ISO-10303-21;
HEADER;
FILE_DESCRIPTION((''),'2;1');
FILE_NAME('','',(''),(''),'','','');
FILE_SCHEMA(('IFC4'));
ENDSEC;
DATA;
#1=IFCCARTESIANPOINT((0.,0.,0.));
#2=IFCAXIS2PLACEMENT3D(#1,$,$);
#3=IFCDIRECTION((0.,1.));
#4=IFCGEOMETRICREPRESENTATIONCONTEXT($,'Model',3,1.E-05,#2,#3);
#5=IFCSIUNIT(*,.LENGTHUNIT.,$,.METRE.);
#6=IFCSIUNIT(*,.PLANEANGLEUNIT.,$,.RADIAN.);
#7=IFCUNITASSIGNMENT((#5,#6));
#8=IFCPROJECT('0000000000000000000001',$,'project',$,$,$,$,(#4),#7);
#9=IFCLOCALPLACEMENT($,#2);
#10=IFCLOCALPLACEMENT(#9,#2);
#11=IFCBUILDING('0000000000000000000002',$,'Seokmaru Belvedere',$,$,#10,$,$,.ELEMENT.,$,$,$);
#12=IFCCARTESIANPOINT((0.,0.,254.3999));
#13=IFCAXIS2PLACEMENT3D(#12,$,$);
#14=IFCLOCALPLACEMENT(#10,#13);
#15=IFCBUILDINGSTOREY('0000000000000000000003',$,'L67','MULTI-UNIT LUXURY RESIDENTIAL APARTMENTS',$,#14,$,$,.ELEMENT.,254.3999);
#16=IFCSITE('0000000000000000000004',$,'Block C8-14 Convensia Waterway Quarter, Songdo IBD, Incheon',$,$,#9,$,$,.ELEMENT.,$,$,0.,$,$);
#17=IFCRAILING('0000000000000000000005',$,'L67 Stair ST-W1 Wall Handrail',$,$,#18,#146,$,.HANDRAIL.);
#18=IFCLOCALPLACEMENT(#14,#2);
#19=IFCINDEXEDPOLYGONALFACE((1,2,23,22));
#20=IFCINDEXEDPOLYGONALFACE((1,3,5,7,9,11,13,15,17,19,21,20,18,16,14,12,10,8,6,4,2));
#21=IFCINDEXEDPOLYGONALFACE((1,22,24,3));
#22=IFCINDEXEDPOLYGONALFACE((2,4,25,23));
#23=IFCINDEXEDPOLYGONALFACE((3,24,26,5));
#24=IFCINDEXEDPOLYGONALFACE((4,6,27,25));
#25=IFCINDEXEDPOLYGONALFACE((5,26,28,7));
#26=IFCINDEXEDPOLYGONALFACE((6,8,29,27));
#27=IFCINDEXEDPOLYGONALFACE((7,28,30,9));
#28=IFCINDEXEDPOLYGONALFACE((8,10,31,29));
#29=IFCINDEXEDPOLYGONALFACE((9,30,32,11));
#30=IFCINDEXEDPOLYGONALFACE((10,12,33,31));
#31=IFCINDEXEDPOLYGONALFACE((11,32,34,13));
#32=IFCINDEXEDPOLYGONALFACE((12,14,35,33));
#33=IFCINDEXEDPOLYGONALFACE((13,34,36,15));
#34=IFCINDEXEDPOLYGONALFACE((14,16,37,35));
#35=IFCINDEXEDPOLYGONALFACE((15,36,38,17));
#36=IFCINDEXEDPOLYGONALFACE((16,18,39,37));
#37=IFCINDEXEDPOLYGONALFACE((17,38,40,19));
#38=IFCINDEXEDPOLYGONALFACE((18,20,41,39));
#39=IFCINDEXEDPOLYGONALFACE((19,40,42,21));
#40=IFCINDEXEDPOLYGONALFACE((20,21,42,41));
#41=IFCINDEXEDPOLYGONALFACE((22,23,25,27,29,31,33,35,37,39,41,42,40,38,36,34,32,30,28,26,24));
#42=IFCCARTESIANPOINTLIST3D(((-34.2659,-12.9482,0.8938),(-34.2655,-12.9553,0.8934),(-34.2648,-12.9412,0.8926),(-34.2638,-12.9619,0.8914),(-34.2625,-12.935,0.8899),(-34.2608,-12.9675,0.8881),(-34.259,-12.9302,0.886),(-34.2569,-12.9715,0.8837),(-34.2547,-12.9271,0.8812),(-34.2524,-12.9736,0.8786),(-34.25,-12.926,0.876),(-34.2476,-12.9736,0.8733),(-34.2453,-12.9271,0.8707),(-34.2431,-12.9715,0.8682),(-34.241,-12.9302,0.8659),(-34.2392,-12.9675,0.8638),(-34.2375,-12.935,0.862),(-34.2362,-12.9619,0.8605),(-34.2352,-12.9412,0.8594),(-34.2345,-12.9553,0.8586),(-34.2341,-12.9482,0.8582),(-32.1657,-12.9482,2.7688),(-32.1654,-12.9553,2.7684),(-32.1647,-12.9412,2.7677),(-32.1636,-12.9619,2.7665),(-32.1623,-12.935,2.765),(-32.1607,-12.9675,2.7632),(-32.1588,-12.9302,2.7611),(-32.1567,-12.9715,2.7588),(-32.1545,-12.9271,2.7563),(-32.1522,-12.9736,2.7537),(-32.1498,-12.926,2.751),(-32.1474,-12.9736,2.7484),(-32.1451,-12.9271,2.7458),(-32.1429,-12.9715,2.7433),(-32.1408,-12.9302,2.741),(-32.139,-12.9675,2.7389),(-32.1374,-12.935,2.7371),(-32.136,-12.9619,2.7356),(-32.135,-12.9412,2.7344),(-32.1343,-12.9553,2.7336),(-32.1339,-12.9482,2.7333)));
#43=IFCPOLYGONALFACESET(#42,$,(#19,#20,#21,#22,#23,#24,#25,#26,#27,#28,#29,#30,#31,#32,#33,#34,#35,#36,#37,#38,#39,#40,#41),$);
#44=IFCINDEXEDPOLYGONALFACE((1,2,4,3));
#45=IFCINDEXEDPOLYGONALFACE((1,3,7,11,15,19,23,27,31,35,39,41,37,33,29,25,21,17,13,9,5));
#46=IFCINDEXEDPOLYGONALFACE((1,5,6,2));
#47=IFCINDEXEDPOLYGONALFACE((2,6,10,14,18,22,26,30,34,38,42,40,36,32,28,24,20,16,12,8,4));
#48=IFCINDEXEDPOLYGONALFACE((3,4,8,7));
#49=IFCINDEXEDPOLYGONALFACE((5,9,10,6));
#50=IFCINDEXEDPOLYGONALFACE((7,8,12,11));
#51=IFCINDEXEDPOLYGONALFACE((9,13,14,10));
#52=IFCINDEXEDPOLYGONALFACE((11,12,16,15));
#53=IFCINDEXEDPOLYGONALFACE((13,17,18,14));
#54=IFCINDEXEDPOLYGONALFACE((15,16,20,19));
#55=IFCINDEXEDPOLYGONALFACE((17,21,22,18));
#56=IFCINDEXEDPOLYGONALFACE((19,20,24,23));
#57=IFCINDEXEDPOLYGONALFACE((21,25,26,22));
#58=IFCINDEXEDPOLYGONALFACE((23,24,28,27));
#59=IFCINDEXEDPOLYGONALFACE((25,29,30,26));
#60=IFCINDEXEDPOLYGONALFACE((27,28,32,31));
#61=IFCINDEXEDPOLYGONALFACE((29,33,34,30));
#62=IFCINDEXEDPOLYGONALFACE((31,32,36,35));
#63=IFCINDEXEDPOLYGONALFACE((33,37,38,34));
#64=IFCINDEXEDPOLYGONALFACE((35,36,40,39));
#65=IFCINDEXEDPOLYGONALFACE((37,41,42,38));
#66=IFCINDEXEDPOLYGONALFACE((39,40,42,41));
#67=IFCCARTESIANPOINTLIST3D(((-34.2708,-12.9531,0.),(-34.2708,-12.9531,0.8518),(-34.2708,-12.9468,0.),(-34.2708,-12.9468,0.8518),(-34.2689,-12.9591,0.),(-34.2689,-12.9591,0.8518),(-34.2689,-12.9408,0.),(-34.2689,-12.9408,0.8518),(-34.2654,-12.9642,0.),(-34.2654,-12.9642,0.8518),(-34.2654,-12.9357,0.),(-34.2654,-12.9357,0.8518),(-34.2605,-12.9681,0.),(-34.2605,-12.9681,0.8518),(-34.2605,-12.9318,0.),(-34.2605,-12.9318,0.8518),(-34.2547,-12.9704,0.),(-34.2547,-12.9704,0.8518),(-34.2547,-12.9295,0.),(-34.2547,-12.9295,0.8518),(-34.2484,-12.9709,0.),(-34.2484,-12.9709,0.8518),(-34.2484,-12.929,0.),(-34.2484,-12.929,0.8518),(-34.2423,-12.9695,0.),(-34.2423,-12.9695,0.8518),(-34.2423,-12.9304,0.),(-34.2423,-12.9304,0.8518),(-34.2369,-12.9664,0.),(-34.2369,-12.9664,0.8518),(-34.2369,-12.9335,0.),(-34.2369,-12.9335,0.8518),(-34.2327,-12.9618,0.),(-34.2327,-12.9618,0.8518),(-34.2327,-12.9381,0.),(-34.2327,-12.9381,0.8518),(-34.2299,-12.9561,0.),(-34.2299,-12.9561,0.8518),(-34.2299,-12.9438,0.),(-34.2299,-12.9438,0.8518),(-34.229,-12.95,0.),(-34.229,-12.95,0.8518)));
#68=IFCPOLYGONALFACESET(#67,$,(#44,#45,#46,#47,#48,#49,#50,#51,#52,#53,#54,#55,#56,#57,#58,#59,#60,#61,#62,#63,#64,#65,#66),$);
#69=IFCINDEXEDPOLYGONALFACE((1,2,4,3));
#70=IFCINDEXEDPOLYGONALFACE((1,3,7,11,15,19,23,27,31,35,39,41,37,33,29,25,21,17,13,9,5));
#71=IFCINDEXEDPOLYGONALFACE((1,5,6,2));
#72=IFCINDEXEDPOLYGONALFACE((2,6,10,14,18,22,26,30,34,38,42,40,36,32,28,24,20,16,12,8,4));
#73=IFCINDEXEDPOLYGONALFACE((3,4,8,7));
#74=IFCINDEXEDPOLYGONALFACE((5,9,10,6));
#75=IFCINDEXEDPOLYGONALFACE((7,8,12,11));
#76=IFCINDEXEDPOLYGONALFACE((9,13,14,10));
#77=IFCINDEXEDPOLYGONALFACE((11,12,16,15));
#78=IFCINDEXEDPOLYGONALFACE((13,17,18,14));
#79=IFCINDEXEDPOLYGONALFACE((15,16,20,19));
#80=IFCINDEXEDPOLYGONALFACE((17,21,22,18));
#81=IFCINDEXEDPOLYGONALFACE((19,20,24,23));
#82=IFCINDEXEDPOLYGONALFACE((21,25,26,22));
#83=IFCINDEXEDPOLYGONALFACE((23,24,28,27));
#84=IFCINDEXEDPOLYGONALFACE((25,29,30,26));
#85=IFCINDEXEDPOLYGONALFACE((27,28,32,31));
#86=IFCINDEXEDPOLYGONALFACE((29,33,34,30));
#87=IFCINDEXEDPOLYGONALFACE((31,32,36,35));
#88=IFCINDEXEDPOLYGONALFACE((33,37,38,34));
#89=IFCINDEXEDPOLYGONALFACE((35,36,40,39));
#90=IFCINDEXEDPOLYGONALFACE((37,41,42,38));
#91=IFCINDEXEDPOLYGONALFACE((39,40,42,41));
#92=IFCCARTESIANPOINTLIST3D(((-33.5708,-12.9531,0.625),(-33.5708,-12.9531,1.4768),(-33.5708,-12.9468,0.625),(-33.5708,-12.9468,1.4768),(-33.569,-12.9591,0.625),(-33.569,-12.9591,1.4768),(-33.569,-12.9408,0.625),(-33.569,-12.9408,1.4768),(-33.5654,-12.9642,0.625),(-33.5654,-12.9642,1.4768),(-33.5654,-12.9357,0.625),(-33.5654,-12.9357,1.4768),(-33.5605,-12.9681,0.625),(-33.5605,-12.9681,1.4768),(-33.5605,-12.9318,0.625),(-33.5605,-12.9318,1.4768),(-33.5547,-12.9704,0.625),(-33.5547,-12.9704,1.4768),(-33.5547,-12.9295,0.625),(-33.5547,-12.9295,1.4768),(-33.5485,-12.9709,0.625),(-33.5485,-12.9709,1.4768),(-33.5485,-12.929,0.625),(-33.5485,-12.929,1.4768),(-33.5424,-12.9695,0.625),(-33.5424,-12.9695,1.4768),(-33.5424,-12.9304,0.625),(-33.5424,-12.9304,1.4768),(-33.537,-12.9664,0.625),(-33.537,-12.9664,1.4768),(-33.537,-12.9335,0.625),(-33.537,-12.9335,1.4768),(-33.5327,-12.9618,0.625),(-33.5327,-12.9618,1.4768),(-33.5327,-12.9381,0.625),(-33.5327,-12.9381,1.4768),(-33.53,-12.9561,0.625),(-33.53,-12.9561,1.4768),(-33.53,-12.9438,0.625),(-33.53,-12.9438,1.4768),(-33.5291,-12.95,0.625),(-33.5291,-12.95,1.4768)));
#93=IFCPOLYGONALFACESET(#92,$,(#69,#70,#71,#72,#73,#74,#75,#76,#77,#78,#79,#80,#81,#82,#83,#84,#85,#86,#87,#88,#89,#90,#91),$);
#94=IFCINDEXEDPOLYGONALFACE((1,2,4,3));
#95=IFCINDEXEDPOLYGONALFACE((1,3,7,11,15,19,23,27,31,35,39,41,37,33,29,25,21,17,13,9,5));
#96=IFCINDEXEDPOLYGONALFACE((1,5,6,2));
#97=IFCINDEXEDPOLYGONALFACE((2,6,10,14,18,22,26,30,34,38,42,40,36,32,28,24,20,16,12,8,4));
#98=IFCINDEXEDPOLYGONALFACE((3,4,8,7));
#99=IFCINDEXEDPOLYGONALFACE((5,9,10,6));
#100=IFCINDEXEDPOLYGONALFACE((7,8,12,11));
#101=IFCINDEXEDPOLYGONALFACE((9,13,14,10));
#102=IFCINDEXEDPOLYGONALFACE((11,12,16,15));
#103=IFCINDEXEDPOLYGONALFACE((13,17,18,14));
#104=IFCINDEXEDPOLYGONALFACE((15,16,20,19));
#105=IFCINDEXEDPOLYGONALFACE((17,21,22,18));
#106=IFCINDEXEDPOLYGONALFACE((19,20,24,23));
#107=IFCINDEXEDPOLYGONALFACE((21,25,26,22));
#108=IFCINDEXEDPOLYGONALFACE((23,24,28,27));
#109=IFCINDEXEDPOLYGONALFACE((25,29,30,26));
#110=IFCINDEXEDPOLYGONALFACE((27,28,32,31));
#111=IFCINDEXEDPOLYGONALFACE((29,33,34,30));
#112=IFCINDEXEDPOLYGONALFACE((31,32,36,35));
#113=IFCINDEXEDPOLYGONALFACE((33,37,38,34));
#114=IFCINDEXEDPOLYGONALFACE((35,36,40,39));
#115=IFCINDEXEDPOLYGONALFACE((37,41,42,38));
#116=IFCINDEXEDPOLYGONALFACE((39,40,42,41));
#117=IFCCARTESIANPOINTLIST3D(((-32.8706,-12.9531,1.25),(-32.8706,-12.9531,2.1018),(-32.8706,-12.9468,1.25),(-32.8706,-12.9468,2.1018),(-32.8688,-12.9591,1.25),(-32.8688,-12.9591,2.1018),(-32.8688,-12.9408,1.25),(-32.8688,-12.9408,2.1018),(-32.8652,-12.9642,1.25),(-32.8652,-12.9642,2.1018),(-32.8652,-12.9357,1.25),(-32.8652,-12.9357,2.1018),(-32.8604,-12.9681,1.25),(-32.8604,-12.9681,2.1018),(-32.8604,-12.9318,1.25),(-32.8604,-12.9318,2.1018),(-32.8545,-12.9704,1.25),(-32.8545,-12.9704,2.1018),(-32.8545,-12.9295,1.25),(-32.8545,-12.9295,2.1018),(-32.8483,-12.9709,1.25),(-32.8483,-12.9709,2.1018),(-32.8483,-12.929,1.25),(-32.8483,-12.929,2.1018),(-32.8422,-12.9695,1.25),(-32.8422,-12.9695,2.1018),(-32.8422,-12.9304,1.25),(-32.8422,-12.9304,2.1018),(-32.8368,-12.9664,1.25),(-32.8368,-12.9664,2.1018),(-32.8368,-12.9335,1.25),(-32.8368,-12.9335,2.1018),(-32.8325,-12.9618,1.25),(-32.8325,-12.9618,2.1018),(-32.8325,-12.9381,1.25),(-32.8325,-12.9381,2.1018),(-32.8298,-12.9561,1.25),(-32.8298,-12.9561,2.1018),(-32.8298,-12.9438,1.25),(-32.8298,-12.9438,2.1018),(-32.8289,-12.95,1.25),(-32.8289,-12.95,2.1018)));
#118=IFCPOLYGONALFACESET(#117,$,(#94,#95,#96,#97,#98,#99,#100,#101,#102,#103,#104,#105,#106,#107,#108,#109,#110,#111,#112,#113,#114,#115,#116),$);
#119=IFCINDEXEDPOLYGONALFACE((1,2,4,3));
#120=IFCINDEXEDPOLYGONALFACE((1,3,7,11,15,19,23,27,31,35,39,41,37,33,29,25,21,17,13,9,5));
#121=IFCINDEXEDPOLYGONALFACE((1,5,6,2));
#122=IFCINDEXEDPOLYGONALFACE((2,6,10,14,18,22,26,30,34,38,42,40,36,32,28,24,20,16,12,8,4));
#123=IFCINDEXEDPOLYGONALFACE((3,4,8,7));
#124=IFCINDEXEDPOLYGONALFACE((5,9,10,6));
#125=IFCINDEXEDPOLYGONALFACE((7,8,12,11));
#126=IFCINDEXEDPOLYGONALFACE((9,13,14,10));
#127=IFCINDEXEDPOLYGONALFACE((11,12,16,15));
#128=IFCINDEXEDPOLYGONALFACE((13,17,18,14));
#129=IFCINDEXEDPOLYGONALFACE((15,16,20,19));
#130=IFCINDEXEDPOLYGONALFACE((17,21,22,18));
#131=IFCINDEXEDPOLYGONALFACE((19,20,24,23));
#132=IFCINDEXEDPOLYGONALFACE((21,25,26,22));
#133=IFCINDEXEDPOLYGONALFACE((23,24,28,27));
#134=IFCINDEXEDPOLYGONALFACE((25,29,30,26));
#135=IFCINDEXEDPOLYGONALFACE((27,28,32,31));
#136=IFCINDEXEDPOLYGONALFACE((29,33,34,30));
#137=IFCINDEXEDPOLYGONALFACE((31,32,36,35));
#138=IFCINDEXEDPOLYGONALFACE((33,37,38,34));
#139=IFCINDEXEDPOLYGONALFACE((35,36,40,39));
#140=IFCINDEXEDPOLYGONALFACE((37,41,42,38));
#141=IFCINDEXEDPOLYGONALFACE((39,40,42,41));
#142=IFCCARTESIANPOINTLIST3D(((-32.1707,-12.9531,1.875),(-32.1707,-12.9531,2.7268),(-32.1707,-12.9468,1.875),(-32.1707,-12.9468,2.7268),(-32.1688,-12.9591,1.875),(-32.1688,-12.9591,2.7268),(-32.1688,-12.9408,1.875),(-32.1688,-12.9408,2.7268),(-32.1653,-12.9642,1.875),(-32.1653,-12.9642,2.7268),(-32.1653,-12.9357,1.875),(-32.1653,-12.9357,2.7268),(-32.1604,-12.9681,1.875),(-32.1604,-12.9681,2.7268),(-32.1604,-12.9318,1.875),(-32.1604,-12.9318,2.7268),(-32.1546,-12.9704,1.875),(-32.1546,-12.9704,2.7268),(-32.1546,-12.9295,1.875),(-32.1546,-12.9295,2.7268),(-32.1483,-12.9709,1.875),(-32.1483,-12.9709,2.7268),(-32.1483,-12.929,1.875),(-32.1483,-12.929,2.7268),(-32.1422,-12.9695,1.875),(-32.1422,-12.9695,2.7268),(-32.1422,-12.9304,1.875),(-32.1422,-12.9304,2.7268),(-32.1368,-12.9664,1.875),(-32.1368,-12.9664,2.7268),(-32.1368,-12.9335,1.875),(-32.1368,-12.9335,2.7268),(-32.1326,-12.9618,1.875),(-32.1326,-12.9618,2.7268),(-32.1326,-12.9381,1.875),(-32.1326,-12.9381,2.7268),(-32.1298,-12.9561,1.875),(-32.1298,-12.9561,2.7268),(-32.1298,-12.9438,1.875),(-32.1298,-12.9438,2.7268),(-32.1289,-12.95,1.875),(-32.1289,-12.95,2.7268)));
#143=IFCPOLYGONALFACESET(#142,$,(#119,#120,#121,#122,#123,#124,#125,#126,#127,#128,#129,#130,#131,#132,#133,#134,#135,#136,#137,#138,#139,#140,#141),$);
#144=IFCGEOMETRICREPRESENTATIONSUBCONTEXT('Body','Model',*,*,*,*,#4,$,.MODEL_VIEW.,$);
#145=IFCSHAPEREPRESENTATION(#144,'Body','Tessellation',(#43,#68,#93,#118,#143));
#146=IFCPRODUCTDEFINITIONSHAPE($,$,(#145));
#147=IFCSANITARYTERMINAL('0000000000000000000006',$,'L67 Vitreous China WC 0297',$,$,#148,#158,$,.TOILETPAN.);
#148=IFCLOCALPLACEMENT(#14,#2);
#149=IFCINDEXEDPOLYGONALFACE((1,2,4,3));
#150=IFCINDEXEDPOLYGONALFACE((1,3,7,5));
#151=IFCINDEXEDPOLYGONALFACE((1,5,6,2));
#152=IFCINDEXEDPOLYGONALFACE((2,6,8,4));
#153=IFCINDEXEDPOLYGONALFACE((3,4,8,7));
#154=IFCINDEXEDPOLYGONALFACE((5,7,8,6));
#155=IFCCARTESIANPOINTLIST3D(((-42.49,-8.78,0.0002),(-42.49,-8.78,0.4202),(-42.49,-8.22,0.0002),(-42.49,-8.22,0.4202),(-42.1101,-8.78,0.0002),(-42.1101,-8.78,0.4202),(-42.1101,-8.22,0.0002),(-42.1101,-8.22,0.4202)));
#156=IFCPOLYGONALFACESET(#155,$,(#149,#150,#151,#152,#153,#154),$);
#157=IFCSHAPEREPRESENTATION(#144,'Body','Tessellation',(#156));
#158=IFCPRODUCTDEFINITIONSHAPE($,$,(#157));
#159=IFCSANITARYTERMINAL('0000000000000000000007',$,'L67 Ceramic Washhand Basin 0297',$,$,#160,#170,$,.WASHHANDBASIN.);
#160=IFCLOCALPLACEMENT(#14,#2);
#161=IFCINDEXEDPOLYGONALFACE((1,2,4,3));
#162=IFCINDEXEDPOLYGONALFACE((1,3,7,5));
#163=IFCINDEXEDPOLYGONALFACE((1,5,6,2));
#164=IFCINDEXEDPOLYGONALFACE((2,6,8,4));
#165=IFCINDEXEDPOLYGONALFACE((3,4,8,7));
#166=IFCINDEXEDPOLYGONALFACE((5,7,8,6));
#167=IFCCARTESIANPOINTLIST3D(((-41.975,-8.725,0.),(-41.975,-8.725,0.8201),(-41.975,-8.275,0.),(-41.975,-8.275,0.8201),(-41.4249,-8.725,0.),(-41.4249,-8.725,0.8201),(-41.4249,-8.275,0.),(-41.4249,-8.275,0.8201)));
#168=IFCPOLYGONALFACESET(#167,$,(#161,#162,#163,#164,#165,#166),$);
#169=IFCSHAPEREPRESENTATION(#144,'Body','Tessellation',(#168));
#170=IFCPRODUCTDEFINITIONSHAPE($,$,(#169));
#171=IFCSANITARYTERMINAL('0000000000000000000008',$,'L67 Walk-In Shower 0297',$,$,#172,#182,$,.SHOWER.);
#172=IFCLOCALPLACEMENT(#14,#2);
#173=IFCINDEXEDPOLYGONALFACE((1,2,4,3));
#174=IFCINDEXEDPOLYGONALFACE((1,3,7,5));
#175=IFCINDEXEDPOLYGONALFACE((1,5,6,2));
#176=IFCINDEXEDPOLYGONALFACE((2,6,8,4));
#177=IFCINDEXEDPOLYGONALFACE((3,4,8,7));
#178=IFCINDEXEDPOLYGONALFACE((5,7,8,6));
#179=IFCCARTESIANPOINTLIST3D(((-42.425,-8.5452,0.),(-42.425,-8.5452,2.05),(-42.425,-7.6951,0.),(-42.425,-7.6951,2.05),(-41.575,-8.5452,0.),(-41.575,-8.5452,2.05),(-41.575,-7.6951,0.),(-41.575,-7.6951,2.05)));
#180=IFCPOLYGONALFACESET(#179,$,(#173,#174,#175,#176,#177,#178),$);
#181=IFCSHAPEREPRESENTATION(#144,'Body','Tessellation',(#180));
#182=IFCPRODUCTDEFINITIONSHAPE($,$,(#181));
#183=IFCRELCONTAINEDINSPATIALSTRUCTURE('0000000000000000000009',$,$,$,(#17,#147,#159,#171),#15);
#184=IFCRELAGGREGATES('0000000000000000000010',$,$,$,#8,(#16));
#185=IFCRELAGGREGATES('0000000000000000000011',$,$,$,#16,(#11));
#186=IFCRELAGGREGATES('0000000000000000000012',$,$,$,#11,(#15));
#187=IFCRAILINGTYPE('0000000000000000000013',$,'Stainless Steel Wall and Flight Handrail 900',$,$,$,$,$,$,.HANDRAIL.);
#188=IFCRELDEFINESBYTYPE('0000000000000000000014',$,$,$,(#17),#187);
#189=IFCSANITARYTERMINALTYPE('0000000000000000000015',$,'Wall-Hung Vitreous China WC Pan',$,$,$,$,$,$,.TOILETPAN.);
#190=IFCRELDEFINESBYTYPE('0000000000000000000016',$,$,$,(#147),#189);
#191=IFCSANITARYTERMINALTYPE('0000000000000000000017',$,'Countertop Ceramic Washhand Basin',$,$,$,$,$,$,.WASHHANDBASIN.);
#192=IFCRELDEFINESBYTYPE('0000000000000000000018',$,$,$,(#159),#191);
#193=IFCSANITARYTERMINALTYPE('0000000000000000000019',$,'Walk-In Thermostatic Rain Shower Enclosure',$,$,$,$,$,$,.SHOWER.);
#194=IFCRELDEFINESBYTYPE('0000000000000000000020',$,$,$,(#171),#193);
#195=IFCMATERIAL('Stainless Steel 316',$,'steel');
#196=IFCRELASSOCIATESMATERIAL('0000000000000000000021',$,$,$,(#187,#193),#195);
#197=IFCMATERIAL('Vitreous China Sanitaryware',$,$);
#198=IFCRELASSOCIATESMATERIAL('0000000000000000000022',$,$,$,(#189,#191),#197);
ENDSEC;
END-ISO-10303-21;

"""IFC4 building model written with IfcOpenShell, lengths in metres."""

from ifc_helpers import new_model, si_unit, direction, frame, origin, origin_2d, place, context, subcontext, project, spatial, rectangle, circle, extrude, source, transform, mapped, material, type_object, type_shapes, element, save


model = new_model("IFC4")

# Units and contexts
model_context = context("Model", 3, precision=1e-05, world=origin(), true_north=direction((0.0, 1.0)))
body_context = subcontext(model_context, "Body", "Model", "MODEL_VIEW")
ifc_project = project(units=[si_unit("LENGTHUNIT", "METRE"), si_unit("PLANEANGLEUNIT", "RADIAN")], contexts=[model_context])

# Site, building, storey
site_placement = place(None, origin())
site = spatial("IfcSite", under=ifc_project, at=site_placement, Name="Block C8-14 Convensia Waterway Quarter, Songdo IBD, Incheon", CompositionType="ELEMENT", RefElevation=0.0)
building_placement = place(site_placement, origin())
building = spatial("IfcBuilding", under=site, at=building_placement, Name="Seokmaru Belvedere", CompositionType="ELEMENT")
storey_placement = place(building_placement, frame((0.0, 0.0, 254.3999)))
storey = spatial("IfcBuildingStorey", under=building, at=storey_placement, Name="L67", Description="MULTI-UNIT LUXURY RESIDENTIAL APARTMENTS", CompositionType="ELEMENT", Elevation=254.3999)

# Railing
ifc_material_1 = material(Name="Stainless Steel 316", Category="steel")
railing_type_1 = type_object("IfcRailingType", Name="Stainless Steel Wall and Flight Handrail 900", PredefinedType="HANDRAIL", material=ifc_material_1)
railing_1_placement = place(storey_placement, frame((-34.25, -12.95, 0.0)))
element("IfcRailing", 1, at=railing_1_placement, inside=storey, type_object=railing_type_1, Name="L67 Stair ST-W1 Wall Handrail", PredefinedType="HANDRAIL", context=body_context, shape_type="SweptSolid", body=[
    extrude(circle(Radius=0.0239, at=origin_2d()), frame((0.0, 0.0, 0.876), z_axis=(0.745953, 0.0, 0.665999), x_axis=(0.0, 1.0, 0.0)), (0.0, 0.0, 1.0), 2.8154),
    extrude(circle(Radius=0.021, at=origin_2d()), origin(), (0.0, 0.0, 1.0), 0.8518),
    extrude(circle(Radius=0.021, at=origin_2d()), frame((0.7, 0.0, 0.625)), (0.0, 0.0, 1.0), 0.8518),
    extrude(circle(Radius=0.021, at=origin_2d()), frame((1.4001, 0.0, 1.25)), (0.0, 0.0, 1.0), 0.8518),
    extrude(circle(Radius=0.021, at=origin_2d()), frame((2.1001, 0.0, 1.875)), (0.0, 0.0, 1.0), 0.8518),
])

# Sanitary terminals
ifc_material_2 = material(Name="Vitreous China Sanitaryware")
sanitary_terminal_type_1 = type_object("IfcSanitaryTerminalType", Name="Wall-Hung Vitreous China WC Pan", PredefinedType="TOILETPAN", material=ifc_material_2)
shared_shape_1 = source(origin(), body_context, "Body", "SweptSolid", [
    extrude(rectangle(XDim=0.3799, YDim=0.5601, at=origin_2d()), origin(), (0.0, 0.0, 1.0), 0.4199),
])
type_shapes(sanitary_terminal_type_1, [shared_shape_1])
sanitary_terminal_1_placement = place(storey_placement, frame((-42.3, -8.5, 0.0002), z_axis=(0.0, 0.0, 1.0), x_axis=(1.0, 0.0, 0.0)))
element("IfcSanitaryTerminal", 2, at=sanitary_terminal_1_placement, inside=storey, type_object=sanitary_terminal_type_1, Name="L67 Vitreous China WC 0297", PredefinedType="TOILETPAN", context=body_context, shape_type="MappedRepresentation", body=[
    mapped(shared_shape_1, transform((0.0, 0.0, 0.0), scale=1.0)),
])
sanitary_terminal_type_2 = type_object("IfcSanitaryTerminalType", Name="Countertop Ceramic Washhand Basin", PredefinedType="WASHHANDBASIN", material=ifc_material_2)
shared_shape_2 = source(origin(), body_context, "Body", "SweptSolid", [
    extrude(rectangle(XDim=0.55, YDim=0.45, at=origin_2d()), origin(), (0.0, 0.0, 1.0), 0.8201),
])
type_shapes(sanitary_terminal_type_2, [shared_shape_2])
sanitary_terminal_2_placement = place(storey_placement, frame((-41.7, -8.5, 0.0), z_axis=(0.0, 0.0, 1.0), x_axis=(1.0, 0.0, 0.0)))
element("IfcSanitaryTerminal", 3, at=sanitary_terminal_2_placement, inside=storey, type_object=sanitary_terminal_type_2, Name="L67 Ceramic Washhand Basin 0297", PredefinedType="WASHHANDBASIN", context=body_context, shape_type="MappedRepresentation", body=[
    mapped(shared_shape_2, transform((0.0, 0.0, 0.0), scale=1.0)),
])
sanitary_terminal_type_3 = type_object("IfcSanitaryTerminalType", Name="Walk-In Thermostatic Rain Shower Enclosure", PredefinedType="SHOWER", material=ifc_material_1)
shared_shape_3 = source(origin(), body_context, "Body", "SweptSolid", [
    extrude(rectangle(XDim=0.8501, YDim=0.8501, at=origin_2d()), origin(), (0.0, 0.0, 1.0), 2.05),
])
type_shapes(sanitary_terminal_type_3, [shared_shape_3])
sanitary_terminal_3_placement = place(storey_placement, frame((-42.0, -8.1201, 0.0), z_axis=(0.0, 0.0, 1.0), x_axis=(1.0, 0.0, 0.0)))
element("IfcSanitaryTerminal", 4, at=sanitary_terminal_3_placement, inside=storey, type_object=sanitary_terminal_type_3, Name="L67 Walk-In Shower 0297", PredefinedType="SHOWER", context=body_context, shape_type="MappedRepresentation", body=[
    mapped(shared_shape_3, transform((0.0, 0.0, 0.0), scale=1.0)),
])

save(model, "model.ifc")
